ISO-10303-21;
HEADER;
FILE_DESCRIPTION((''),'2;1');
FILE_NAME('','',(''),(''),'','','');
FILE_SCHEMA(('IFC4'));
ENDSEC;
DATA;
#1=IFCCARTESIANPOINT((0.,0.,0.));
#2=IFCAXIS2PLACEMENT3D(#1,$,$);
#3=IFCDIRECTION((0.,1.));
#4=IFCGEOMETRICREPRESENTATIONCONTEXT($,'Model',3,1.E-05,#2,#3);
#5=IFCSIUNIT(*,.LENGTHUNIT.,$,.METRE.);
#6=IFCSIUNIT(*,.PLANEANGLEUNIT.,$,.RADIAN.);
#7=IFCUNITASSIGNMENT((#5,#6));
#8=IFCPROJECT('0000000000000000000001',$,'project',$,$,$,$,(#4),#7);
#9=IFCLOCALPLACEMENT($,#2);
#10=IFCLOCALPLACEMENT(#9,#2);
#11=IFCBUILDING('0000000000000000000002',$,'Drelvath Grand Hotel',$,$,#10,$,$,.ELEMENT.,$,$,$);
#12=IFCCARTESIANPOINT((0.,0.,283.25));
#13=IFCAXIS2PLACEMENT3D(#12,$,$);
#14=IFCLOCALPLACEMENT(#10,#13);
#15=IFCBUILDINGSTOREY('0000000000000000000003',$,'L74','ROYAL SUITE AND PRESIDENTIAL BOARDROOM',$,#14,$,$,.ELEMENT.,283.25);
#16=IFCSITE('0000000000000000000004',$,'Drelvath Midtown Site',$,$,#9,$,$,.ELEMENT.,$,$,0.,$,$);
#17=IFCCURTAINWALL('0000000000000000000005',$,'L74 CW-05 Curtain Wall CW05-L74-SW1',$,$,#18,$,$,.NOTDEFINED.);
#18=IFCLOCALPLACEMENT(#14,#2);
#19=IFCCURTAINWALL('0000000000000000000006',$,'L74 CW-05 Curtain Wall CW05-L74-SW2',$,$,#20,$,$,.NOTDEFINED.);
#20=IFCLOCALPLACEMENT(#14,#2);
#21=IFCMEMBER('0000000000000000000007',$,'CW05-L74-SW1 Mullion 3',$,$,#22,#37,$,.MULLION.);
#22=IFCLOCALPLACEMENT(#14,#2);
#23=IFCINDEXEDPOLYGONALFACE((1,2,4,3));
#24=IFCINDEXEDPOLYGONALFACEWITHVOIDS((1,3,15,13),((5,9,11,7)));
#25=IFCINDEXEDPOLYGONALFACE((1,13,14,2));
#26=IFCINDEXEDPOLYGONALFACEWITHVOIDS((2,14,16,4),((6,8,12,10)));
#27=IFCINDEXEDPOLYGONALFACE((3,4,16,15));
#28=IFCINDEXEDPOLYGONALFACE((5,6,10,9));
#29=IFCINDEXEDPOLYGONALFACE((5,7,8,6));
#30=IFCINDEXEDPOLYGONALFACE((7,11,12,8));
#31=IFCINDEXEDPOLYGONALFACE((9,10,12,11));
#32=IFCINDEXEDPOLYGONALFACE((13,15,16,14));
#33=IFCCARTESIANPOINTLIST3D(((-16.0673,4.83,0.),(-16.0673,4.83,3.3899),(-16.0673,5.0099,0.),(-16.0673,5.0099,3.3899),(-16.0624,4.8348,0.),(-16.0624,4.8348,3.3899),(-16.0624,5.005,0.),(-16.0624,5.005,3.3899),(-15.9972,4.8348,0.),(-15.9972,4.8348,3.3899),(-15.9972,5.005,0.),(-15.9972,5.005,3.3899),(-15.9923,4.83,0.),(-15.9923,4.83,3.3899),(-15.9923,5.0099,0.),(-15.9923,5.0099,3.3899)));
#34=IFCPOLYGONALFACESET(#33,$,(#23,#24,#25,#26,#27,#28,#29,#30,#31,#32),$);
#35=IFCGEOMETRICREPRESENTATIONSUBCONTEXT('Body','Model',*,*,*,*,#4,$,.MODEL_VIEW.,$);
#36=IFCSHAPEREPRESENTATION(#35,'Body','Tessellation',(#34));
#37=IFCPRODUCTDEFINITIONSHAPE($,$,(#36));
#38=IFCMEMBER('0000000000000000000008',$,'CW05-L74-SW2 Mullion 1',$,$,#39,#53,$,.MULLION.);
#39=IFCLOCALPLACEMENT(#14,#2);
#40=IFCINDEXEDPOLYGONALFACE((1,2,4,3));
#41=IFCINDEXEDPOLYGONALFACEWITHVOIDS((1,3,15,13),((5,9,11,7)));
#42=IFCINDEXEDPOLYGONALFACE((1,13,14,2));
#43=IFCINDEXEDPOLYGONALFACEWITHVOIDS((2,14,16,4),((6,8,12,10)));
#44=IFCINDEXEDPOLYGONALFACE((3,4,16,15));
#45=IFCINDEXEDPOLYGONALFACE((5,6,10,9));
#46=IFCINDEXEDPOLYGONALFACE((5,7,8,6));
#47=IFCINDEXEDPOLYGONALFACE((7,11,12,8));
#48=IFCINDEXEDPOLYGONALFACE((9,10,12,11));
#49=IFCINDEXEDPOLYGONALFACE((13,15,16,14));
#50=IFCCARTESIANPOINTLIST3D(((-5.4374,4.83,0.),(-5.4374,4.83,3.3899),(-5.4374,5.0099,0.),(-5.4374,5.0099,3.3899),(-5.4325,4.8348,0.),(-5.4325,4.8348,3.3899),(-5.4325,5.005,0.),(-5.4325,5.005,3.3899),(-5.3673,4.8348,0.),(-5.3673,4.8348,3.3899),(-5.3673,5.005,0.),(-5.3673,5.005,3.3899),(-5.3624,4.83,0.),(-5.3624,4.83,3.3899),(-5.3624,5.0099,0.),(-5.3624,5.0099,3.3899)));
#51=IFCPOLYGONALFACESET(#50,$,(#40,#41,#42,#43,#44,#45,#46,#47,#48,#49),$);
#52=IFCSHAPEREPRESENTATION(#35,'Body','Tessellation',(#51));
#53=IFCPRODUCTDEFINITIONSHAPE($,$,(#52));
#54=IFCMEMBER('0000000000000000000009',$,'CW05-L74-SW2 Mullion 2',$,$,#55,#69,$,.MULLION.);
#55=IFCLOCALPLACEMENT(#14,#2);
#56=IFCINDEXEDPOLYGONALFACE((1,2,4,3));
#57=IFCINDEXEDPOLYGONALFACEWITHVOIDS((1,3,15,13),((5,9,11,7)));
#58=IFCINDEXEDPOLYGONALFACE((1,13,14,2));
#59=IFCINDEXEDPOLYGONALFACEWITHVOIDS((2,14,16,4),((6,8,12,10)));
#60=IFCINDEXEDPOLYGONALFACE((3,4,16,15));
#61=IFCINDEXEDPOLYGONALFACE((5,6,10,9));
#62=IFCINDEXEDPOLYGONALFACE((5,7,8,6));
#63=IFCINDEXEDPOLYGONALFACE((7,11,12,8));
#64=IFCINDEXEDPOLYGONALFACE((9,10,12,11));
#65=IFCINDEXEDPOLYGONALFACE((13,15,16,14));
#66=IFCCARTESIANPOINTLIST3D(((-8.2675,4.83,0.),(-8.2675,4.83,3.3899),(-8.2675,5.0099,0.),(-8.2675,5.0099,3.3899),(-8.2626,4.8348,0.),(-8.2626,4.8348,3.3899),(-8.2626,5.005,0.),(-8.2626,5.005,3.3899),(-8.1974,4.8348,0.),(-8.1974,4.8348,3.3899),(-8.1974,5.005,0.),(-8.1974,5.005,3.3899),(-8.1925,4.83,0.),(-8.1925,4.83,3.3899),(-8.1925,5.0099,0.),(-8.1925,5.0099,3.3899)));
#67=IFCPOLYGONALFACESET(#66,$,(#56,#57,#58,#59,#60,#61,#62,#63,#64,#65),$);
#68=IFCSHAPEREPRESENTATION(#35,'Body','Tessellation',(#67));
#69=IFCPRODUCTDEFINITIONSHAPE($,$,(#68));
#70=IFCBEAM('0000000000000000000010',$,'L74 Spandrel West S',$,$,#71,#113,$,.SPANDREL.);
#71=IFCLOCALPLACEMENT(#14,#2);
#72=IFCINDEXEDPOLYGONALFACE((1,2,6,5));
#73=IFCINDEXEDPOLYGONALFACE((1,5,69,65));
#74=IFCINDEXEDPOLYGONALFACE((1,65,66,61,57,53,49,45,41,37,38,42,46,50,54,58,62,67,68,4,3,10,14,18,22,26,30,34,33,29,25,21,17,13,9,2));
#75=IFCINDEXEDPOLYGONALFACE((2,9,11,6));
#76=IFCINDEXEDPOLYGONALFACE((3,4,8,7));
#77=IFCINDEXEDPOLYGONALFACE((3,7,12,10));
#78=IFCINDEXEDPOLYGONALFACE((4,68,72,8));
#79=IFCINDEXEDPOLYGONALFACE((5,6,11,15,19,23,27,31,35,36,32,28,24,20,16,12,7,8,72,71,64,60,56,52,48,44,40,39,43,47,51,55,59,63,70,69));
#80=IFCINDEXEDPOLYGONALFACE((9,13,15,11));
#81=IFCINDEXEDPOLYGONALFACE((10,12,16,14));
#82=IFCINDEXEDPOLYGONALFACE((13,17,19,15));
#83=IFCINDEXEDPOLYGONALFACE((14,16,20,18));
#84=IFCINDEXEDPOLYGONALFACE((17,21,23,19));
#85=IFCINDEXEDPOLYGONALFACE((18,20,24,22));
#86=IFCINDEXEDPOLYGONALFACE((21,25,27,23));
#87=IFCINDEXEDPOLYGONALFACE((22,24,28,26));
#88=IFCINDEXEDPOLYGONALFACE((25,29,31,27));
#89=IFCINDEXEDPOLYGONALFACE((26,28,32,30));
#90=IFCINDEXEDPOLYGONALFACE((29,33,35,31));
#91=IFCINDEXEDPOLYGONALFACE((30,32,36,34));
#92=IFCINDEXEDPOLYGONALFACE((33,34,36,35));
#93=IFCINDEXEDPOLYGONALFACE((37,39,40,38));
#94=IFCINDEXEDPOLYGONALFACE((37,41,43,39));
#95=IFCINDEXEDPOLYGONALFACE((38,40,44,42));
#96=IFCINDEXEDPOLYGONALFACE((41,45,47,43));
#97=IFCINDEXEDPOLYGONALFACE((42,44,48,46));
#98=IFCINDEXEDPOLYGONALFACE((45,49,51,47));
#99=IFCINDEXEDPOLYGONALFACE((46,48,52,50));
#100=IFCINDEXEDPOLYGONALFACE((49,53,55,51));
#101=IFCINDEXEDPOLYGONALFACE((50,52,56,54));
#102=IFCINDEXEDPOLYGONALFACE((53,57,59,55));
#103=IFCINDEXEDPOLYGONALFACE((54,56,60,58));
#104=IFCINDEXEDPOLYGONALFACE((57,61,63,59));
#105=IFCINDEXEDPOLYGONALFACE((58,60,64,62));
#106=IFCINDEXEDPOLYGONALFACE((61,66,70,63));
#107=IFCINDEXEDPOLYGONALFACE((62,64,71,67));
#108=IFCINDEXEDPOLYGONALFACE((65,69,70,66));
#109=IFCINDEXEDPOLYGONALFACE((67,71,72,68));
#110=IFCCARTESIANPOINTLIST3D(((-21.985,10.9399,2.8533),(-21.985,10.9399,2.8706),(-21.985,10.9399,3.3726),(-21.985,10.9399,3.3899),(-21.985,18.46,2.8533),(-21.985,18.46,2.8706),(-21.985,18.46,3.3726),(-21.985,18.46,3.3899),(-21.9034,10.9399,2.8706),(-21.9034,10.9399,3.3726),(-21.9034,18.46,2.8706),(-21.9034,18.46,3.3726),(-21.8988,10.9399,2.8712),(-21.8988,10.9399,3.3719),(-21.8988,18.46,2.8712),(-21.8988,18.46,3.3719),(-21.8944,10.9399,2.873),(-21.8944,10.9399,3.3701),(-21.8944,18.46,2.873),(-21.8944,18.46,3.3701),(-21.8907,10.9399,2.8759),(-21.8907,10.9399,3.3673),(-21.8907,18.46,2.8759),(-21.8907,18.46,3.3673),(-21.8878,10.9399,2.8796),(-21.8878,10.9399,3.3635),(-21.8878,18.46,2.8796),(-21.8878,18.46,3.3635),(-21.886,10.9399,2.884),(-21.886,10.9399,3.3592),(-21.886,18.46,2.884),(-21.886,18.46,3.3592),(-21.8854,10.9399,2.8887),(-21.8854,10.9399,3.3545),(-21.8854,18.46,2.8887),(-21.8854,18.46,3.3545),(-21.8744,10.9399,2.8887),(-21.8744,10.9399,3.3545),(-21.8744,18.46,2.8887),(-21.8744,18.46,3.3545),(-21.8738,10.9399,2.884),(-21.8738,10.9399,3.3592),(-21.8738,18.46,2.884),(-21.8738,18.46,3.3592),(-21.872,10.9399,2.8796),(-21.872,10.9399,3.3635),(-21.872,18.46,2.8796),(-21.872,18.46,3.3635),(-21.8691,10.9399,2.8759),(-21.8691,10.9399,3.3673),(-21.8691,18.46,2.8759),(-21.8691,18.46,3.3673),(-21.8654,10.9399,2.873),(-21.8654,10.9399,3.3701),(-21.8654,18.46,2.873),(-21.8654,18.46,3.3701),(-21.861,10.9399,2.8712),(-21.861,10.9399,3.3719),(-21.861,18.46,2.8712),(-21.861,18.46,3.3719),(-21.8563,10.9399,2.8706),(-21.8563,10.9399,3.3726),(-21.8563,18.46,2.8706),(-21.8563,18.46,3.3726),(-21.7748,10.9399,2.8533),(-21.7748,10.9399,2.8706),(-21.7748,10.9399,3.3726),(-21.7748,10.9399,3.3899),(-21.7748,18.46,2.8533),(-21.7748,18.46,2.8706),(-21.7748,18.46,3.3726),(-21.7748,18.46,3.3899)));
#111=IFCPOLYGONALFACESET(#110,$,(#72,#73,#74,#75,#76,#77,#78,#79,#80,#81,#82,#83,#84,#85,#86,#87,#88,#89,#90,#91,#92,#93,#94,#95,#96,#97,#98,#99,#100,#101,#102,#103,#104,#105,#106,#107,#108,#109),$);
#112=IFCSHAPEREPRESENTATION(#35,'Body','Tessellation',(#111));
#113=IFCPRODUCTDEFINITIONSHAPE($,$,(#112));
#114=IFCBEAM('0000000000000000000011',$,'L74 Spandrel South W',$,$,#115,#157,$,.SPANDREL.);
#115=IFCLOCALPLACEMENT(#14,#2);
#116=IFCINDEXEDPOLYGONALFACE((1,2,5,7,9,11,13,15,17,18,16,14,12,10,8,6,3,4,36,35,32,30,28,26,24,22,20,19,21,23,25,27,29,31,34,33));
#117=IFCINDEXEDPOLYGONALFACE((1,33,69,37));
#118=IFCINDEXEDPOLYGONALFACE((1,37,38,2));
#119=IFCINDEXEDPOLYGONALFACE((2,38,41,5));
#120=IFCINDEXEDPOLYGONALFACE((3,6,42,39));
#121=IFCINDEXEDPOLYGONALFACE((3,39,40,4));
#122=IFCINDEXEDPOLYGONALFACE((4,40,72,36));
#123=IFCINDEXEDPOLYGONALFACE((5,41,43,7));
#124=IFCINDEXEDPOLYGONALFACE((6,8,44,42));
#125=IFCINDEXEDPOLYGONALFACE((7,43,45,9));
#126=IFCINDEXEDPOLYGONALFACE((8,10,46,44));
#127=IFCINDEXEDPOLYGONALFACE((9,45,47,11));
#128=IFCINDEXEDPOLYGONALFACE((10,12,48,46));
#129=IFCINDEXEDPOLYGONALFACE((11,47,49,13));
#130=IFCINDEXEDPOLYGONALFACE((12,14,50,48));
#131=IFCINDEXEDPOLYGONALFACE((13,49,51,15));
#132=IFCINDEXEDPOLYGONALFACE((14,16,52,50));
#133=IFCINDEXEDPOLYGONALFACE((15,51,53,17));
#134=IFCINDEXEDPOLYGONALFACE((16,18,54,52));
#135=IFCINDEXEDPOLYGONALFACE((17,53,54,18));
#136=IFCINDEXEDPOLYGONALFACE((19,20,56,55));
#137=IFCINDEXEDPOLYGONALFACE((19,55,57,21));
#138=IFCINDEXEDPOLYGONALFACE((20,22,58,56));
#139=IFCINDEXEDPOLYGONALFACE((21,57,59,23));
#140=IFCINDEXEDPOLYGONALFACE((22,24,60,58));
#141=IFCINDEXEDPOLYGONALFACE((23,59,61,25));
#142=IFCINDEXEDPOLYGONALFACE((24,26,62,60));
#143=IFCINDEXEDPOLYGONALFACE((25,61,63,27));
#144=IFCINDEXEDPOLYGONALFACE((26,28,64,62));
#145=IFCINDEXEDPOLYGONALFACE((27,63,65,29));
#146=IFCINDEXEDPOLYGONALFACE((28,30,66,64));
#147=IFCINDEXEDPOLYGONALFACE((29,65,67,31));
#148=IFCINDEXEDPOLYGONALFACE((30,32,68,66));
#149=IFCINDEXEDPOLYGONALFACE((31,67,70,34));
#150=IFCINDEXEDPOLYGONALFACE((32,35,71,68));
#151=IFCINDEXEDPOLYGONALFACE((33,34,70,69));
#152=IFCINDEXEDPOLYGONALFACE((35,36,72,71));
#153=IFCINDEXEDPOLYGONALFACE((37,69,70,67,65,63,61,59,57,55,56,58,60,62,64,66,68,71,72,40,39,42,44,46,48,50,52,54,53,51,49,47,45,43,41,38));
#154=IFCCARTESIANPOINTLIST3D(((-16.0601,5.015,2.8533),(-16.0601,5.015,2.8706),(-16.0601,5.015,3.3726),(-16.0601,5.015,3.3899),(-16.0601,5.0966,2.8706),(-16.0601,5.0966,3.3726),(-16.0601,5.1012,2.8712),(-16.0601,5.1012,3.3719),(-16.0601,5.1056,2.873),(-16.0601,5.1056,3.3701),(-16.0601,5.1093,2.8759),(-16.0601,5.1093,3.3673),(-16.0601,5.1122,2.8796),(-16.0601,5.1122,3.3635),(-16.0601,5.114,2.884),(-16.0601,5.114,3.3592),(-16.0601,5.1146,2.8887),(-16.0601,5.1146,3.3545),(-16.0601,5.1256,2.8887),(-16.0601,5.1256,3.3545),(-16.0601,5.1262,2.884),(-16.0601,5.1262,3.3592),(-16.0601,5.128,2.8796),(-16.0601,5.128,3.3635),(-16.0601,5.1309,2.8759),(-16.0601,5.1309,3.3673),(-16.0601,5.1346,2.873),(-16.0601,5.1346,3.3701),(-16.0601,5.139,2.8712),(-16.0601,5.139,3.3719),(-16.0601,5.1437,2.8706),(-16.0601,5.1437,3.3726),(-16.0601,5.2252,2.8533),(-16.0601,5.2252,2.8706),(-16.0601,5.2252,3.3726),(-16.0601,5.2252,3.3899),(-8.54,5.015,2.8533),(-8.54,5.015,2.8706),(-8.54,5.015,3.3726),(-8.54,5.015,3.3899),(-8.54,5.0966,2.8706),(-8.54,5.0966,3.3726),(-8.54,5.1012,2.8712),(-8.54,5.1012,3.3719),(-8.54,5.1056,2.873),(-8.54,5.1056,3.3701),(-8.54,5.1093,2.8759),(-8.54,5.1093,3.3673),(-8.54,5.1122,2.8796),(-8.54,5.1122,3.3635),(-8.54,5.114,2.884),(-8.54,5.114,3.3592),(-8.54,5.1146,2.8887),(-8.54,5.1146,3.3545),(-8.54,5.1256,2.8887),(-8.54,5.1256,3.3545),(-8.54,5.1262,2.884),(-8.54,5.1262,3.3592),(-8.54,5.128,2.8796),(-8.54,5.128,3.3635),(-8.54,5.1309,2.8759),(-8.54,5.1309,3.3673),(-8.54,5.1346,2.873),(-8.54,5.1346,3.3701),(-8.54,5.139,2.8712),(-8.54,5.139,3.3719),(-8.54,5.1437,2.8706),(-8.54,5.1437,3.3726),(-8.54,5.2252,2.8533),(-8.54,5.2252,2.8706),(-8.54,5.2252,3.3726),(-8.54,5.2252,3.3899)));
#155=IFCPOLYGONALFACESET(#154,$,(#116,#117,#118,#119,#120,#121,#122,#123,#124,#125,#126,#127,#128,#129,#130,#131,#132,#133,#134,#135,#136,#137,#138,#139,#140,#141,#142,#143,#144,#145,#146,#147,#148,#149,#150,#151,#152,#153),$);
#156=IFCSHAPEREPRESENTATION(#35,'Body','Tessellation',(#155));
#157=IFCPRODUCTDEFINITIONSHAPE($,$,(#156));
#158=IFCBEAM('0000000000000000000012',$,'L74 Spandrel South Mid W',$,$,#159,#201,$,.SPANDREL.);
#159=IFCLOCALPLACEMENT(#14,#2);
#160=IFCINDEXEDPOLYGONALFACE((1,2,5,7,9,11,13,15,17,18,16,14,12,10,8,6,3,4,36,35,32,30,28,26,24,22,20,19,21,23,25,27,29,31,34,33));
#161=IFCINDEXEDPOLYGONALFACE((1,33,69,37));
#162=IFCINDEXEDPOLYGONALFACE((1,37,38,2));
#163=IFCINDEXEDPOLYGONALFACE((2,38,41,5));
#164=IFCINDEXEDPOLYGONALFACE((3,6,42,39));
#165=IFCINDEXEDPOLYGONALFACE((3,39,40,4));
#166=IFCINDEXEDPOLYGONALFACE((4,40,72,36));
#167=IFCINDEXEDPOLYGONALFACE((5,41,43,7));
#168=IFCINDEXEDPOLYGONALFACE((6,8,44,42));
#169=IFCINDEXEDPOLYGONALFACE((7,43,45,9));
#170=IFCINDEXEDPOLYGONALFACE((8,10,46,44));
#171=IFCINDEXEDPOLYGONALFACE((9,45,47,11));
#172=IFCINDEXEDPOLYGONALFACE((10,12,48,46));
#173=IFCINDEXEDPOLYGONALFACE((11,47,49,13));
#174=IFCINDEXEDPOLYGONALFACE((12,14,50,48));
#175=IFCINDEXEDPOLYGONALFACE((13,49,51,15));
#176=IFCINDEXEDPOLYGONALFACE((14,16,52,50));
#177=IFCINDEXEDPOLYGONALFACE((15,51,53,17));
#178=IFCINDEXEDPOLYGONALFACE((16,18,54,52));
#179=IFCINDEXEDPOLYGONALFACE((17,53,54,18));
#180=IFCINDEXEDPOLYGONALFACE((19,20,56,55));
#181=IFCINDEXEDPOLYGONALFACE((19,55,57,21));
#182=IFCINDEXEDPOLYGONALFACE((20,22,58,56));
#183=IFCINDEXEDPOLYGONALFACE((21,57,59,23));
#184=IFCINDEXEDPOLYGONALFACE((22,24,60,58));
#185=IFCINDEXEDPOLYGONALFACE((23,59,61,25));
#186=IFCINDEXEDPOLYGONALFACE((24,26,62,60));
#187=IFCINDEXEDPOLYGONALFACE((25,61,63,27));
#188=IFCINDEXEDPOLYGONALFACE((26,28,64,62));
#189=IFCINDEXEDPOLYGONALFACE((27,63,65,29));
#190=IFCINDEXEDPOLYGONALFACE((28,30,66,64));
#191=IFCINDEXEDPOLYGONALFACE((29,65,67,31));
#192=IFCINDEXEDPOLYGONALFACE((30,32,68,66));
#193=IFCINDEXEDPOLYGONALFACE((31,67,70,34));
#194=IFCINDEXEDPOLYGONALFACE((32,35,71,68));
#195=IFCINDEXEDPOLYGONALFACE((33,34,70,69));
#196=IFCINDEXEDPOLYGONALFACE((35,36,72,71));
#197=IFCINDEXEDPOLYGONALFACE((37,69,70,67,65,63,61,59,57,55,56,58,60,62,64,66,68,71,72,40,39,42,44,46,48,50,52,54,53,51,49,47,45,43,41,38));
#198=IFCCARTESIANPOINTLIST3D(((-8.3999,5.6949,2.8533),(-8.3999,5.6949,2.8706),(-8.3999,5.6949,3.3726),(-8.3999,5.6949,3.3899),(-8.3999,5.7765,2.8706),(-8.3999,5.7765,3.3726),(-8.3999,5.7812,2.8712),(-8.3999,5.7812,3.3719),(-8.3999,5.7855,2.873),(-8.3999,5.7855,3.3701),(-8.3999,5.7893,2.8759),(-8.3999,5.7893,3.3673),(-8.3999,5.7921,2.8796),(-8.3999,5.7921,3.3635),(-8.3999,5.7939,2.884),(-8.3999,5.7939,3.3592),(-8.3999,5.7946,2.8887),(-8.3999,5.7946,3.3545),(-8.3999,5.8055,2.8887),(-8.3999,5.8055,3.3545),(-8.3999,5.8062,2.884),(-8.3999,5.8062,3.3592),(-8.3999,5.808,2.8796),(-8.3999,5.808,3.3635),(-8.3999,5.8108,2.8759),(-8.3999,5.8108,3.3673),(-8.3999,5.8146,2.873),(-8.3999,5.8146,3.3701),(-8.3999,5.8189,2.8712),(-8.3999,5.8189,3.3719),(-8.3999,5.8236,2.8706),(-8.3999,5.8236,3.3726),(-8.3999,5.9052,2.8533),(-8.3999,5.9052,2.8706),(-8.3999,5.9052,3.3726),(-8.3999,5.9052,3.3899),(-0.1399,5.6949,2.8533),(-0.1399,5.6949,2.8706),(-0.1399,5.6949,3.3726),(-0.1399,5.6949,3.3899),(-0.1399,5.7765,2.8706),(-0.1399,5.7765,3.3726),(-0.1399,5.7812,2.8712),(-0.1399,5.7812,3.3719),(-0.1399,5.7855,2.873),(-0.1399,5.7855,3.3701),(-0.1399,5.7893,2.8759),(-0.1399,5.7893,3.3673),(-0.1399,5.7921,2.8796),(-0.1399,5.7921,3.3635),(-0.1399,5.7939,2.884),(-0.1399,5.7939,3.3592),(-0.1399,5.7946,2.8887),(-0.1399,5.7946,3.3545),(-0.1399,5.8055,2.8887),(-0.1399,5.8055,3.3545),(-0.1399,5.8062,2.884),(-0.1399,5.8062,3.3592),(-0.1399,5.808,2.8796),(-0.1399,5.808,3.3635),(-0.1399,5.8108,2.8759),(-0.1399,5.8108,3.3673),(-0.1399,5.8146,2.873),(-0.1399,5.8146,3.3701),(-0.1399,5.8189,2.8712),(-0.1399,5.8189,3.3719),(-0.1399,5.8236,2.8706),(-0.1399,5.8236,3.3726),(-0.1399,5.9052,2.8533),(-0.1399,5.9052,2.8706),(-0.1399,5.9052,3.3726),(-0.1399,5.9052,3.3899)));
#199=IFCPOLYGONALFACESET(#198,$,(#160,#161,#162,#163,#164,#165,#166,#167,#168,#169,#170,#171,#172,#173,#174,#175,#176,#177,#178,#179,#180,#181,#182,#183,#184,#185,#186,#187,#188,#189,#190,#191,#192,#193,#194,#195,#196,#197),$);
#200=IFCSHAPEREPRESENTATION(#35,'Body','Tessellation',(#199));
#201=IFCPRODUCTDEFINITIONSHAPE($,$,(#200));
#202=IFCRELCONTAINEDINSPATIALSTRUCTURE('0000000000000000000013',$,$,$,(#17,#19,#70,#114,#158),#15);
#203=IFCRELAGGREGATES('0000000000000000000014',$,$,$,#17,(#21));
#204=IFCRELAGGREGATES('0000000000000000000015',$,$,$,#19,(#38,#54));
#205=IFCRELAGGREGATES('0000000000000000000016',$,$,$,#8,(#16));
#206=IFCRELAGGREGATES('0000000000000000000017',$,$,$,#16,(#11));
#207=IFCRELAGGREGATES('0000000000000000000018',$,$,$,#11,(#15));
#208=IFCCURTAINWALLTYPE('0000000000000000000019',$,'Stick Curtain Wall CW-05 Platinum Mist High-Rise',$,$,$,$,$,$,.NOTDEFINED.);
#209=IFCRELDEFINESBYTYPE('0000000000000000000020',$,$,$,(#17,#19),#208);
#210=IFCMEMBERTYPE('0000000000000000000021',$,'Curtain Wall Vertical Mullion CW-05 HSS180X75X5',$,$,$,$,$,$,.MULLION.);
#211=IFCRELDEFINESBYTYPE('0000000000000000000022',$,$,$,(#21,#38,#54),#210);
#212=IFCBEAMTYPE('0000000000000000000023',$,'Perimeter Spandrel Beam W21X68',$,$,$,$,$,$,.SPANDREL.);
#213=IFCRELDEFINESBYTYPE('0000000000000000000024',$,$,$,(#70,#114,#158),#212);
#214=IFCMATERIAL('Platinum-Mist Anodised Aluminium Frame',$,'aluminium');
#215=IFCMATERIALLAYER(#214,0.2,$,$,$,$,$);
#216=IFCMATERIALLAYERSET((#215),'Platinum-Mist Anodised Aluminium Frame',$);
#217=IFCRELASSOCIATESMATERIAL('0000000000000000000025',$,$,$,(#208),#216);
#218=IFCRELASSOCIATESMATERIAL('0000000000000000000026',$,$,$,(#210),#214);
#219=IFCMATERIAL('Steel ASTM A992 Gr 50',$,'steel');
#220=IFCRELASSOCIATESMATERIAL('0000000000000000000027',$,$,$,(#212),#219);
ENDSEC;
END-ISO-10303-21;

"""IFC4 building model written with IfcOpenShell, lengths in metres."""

from ifc_helpers import new_model, si_unit, direction, frame, origin, origin_2d, place, context, subcontext, project, spatial, hollow_rectangle, i_section, extrude, material, layer, layer_set, material_profile, profile_set, type_object, element, aggregate, save


model = new_model("IFC4")

# Units and contexts
model_context = context("Model", 3, precision=1e-05, world=origin(), true_north=direction((0.0, 1.0)))
body_context = subcontext(model_context, "Body", "Model", "MODEL_VIEW")
ifc_project = project(units=[si_unit("LENGTHUNIT", "METRE"), si_unit("PLANEANGLEUNIT", "RADIAN")], contexts=[model_context])

# Site, building, storey
site_placement = place(None, origin())
site = spatial("IfcSite", under=ifc_project, at=site_placement, Name="Drelvath Midtown Site", CompositionType="ELEMENT", RefElevation=0.0)
building_placement = place(site_placement, origin())
building = spatial("IfcBuilding", under=site, at=building_placement, Name="Drelvath Grand Hotel", CompositionType="ELEMENT")
storey_placement = place(building_placement, frame((0.0, 0.0, 283.25)))
storey = spatial("IfcBuildingStorey", under=building, at=storey_placement, Name="L74", Description="ROYAL SUITE AND PRESIDENTIAL BOARDROOM", CompositionType="ELEMENT", Elevation=283.25)

# Shared definitions
ifc_material_1 = material(Name="Steel ASTM A992 Gr 50", Category="steel")

# Curtain walls
ifc_material_2 = material(Name="Platinum-Mist Anodised Aluminium Frame", Category="aluminium")
ifc_layer_1 = layer(ifc_material_2, 0.2)
ifc_layer_set_1 = layer_set([ifc_layer_1], Name="Platinum-Mist Anodised Aluminium Frame")
curtain_wall_type = type_object("IfcCurtainWallType", Name="Stick Curtain Wall CW-05 Platinum Mist High-Rise", PredefinedType="NOTDEFINED", material=ifc_layer_set_1)
curtain_wall_1_placement = place(storey_placement, origin())
curtain_wall_1 = element("IfcCurtainWall", 1, at=curtain_wall_1_placement, inside=storey, type_object=curtain_wall_type, Name="L74 CW-05 Curtain Wall CW05-L74-SW1", PredefinedType="NOTDEFINED")
curtain_wall_2_placement = place(storey_placement, origin())
curtain_wall_2 = element("IfcCurtainWall", 2, at=curtain_wall_2_placement, inside=storey, type_object=curtain_wall_type, Name="L74 CW-05 Curtain Wall CW05-L74-SW2", PredefinedType="NOTDEFINED")

# Members
ifc_material_profile_1 = material_profile(ifc_material_2, hollow_rectangle(XDim=0.075, YDim=0.1799, WallThickness=0.0049, at=origin_2d()), Name="HSS180X75X5")
ifc_profile_set_1 = profile_set([ifc_material_profile_1], Name="Platinum-Mist Anodised Aluminium Frame")
member_type_1 = type_object("IfcMemberType", Name="Curtain Wall Vertical Mullion CW-05 HSS180X75X5", PredefinedType="MULLION", material=ifc_profile_set_1)
member_1_placement = place(storey_placement, frame((-16.0298, 4.9199, 0.0), z_axis=(0.0, 0.0, 1.0), x_axis=(1.0, 0.0, 0.0)))
member_1 = element("IfcMember", 3, at=member_1_placement, type_object=member_type_1, Name="CW05-L74-SW1 Mullion 3", PredefinedType="MULLION", context=body_context, shape_type="SweptSolid", body=[
    extrude(hollow_rectangle(XDim=0.075, YDim=0.1799, WallThickness=0.0049, at=origin_2d()), origin(), (0.0, 0.0, 1.0), 3.3899),
])
member_2_placement = place(storey_placement, frame((-5.3999, 4.9199, 0.0), z_axis=(0.0, 0.0, 1.0), x_axis=(1.0, 0.0, 0.0)))
member_2 = element("IfcMember", 4, at=member_2_placement, type_object=member_type_1, Name="CW05-L74-SW2 Mullion 1", PredefinedType="MULLION", context=body_context, shape_type="SweptSolid", body=[
    extrude(hollow_rectangle(XDim=0.075, YDim=0.1799, WallThickness=0.0049, at=origin_2d()), origin(), (0.0, 0.0, 1.0), 3.3899),
])
member_3_placement = place(storey_placement, frame((-8.23, 4.9199, 0.0), z_axis=(0.0, 0.0, 1.0), x_axis=(1.0, 0.0, 0.0)))
member_3 = element("IfcMember", 5, at=member_3_placement, type_object=member_type_1, Name="CW05-L74-SW2 Mullion 2", PredefinedType="MULLION", context=body_context, shape_type="SweptSolid", body=[
    extrude(hollow_rectangle(XDim=0.075, YDim=0.1799, WallThickness=0.0049, at=origin_2d()), origin(), (0.0, 0.0, 1.0), 3.3899),
])

# Beams
ifc_material_profile_2 = material_profile(ifc_material_1, i_section(OverallWidth=0.2102, OverallDepth=0.5366, WebThickness=0.011, FlangeThickness=0.0173, FilletRadius=0.0181, at=origin_2d()), Name="W21X68")
ifc_profile_set_2 = profile_set([ifc_material_profile_2], Name="Steel ASTM A992 Gr 50")
beam_type_1 = type_object("IfcBeamType", Name="Perimeter Spandrel Beam W21X68", PredefinedType="SPANDREL", material=ifc_profile_set_2)
for number, where, z_axis, x_axis, name in (
    (6, (-21.8799, 10.9399, 3.1216), (0.0, 1.0, 0.0), (-1.0, 0.0, 0.0), "L74 Spandrel West S"),
    (7, (-16.0601, 5.1201, 3.1216), (1.0, 0.0, 0.0), (0.0, 1.0, 0.0), "L74 Spandrel South W"),
):
    element("IfcBeam", number, at=place(storey_placement, frame(where, z_axis=z_axis, x_axis=x_axis)), inside=storey, type_object=beam_type_1, Name=name, PredefinedType="SPANDREL", context=body_context, shape_type="SweptSolid", body=[
        extrude(i_section(OverallWidth=0.2102, OverallDepth=0.5366, WebThickness=0.011, FlangeThickness=0.0173, FilletRadius=0.0181, at=origin_2d()), origin(), (0.0, 0.0, 1.0), 7.52),
    ])
beam_1_placement = place(storey_placement, frame((-8.3999, 5.8, 3.1216), z_axis=(1.0, 0.0, 0.0), x_axis=(0.0, 1.0, 0.0)))
element("IfcBeam", 8, at=beam_1_placement, inside=storey, type_object=beam_type_1, Name="L74 Spandrel South Mid W", PredefinedType="SPANDREL", context=body_context, shape_type="SweptSolid", body=[
    extrude(i_section(OverallWidth=0.2102, OverallDepth=0.5366, WebThickness=0.011, FlangeThickness=0.0173, FilletRadius=0.0181, at=origin_2d()), origin(), (0.0, 0.0, 1.0), 8.26),
])

aggregate(curtain_wall_1, [member_1])
aggregate(curtain_wall_2, [member_2, member_3])

save(model, "model.ifc")
